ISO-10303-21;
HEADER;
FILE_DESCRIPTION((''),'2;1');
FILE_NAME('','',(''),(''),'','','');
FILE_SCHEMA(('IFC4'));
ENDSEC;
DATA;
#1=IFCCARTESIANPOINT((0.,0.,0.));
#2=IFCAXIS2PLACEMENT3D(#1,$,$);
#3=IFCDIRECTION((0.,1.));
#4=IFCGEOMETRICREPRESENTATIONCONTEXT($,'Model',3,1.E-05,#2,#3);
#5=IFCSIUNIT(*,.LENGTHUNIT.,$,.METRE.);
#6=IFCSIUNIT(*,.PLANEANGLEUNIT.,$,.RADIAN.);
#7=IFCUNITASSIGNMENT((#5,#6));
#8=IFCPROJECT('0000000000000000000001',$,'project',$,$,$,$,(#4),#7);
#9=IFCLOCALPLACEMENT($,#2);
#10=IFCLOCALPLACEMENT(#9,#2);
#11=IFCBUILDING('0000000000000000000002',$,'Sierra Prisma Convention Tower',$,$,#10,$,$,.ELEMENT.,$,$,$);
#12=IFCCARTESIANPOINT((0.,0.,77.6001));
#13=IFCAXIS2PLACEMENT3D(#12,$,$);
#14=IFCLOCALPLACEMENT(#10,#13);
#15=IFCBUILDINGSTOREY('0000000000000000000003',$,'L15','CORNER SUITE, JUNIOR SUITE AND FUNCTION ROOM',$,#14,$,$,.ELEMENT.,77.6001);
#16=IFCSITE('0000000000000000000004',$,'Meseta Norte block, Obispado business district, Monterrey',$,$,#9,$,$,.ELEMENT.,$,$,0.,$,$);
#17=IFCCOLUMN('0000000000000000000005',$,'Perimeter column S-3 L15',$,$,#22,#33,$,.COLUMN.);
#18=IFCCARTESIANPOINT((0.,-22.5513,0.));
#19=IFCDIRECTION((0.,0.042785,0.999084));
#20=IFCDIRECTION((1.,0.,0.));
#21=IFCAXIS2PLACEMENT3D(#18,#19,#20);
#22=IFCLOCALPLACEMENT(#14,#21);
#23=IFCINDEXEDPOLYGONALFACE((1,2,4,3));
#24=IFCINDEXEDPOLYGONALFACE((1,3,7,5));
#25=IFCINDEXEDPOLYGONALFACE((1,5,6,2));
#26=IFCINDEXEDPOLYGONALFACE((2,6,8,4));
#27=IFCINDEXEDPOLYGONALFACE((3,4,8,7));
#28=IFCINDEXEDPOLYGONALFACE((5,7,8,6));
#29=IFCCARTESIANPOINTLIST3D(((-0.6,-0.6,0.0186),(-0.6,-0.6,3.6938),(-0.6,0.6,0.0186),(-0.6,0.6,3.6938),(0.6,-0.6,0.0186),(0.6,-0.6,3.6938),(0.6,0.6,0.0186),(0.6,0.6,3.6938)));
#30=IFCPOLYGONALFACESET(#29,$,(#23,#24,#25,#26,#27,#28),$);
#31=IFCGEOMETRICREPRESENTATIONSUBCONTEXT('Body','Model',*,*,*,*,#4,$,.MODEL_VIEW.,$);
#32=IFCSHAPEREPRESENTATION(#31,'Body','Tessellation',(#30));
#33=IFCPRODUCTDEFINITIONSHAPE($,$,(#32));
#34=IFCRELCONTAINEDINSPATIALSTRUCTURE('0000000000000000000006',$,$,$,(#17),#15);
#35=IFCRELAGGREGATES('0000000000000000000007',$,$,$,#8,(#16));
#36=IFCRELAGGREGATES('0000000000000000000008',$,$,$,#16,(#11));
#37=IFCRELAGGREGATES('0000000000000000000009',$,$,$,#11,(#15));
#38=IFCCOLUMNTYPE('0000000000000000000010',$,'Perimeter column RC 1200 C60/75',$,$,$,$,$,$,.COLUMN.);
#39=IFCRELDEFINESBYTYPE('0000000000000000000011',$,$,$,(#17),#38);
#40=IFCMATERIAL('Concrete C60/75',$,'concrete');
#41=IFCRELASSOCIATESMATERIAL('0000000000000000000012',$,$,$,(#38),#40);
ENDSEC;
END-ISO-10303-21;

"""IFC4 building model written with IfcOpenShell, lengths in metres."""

from ifc_helpers import new_model, si_unit, direction, frame, origin, origin_2d, place, context, subcontext, project, spatial, rectangle, extrude, clip, halfspace, material, material_profile, profile_set, type_object, element, save


model = new_model("IFC4")

# Units and contexts
model_context = context("Model", 3, precision=1e-05, world=origin(), true_north=direction((0.0, 1.0)))
body_context = subcontext(model_context, "Body", "Model", "MODEL_VIEW")
ifc_project = project(units=[si_unit("LENGTHUNIT", "METRE"), si_unit("PLANEANGLEUNIT", "RADIAN")], contexts=[model_context])

# Site, building, storey
site_placement = place(None, origin())
site = spatial("IfcSite", under=ifc_project, at=site_placement, Name="Meseta Norte block, Obispado business district, Monterrey", CompositionType="ELEMENT", RefElevation=0.0)
building_placement = place(site_placement, origin())
building = spatial("IfcBuilding", under=site, at=building_placement, Name="Sierra Prisma Convention Tower", CompositionType="ELEMENT")
storey_placement = place(building_placement, frame((0.0, 0.0, 77.6001)))
storey = spatial("IfcBuildingStorey", under=building, at=storey_placement, Name="L15", Description="CORNER SUITE, JUNIOR SUITE AND FUNCTION ROOM", CompositionType="ELEMENT", Elevation=77.6001)

# Column
ifc_material_1 = material(Name="Concrete C60/75", Category="concrete")
ifc_material_profile_1 = material_profile(ifc_material_1, rectangle(XDim=1.2, YDim=1.2, at=origin_2d()), Name="Perimeter column RC 1200 C60/75")
ifc_profile_set_1 = profile_set([ifc_material_profile_1], Name="Concrete C60/75")
column_type = type_object("IfcColumnType", Name="Perimeter column RC 1200 C60/75", PredefinedType="COLUMN", material=ifc_profile_set_1)
column_1_placement = place(storey_placement, frame((0.0, -22.5513, 0.0), z_axis=(0.0, 0.042785, 0.999084), x_axis=(1.0, 0.0, 0.0)))
element("IfcColumn", 1, at=column_1_placement, inside=storey, type_object=column_type, Name="Perimeter column S-3 L15", PredefinedType="COLUMN", context=body_context, shape_type="SweptSolid", body=[
    clip(clip(extrude(rectangle(XDim=1.2, YDim=1.2, at=origin_2d()), origin(), (0.0, 0.0, 1.0), 3.7034), halfspace(frame((0.0, 0.0, 0.0186)), True)), halfspace(frame((0.0, 0.0, 3.6938)), False)),
])

save(model, "model.ifc")
